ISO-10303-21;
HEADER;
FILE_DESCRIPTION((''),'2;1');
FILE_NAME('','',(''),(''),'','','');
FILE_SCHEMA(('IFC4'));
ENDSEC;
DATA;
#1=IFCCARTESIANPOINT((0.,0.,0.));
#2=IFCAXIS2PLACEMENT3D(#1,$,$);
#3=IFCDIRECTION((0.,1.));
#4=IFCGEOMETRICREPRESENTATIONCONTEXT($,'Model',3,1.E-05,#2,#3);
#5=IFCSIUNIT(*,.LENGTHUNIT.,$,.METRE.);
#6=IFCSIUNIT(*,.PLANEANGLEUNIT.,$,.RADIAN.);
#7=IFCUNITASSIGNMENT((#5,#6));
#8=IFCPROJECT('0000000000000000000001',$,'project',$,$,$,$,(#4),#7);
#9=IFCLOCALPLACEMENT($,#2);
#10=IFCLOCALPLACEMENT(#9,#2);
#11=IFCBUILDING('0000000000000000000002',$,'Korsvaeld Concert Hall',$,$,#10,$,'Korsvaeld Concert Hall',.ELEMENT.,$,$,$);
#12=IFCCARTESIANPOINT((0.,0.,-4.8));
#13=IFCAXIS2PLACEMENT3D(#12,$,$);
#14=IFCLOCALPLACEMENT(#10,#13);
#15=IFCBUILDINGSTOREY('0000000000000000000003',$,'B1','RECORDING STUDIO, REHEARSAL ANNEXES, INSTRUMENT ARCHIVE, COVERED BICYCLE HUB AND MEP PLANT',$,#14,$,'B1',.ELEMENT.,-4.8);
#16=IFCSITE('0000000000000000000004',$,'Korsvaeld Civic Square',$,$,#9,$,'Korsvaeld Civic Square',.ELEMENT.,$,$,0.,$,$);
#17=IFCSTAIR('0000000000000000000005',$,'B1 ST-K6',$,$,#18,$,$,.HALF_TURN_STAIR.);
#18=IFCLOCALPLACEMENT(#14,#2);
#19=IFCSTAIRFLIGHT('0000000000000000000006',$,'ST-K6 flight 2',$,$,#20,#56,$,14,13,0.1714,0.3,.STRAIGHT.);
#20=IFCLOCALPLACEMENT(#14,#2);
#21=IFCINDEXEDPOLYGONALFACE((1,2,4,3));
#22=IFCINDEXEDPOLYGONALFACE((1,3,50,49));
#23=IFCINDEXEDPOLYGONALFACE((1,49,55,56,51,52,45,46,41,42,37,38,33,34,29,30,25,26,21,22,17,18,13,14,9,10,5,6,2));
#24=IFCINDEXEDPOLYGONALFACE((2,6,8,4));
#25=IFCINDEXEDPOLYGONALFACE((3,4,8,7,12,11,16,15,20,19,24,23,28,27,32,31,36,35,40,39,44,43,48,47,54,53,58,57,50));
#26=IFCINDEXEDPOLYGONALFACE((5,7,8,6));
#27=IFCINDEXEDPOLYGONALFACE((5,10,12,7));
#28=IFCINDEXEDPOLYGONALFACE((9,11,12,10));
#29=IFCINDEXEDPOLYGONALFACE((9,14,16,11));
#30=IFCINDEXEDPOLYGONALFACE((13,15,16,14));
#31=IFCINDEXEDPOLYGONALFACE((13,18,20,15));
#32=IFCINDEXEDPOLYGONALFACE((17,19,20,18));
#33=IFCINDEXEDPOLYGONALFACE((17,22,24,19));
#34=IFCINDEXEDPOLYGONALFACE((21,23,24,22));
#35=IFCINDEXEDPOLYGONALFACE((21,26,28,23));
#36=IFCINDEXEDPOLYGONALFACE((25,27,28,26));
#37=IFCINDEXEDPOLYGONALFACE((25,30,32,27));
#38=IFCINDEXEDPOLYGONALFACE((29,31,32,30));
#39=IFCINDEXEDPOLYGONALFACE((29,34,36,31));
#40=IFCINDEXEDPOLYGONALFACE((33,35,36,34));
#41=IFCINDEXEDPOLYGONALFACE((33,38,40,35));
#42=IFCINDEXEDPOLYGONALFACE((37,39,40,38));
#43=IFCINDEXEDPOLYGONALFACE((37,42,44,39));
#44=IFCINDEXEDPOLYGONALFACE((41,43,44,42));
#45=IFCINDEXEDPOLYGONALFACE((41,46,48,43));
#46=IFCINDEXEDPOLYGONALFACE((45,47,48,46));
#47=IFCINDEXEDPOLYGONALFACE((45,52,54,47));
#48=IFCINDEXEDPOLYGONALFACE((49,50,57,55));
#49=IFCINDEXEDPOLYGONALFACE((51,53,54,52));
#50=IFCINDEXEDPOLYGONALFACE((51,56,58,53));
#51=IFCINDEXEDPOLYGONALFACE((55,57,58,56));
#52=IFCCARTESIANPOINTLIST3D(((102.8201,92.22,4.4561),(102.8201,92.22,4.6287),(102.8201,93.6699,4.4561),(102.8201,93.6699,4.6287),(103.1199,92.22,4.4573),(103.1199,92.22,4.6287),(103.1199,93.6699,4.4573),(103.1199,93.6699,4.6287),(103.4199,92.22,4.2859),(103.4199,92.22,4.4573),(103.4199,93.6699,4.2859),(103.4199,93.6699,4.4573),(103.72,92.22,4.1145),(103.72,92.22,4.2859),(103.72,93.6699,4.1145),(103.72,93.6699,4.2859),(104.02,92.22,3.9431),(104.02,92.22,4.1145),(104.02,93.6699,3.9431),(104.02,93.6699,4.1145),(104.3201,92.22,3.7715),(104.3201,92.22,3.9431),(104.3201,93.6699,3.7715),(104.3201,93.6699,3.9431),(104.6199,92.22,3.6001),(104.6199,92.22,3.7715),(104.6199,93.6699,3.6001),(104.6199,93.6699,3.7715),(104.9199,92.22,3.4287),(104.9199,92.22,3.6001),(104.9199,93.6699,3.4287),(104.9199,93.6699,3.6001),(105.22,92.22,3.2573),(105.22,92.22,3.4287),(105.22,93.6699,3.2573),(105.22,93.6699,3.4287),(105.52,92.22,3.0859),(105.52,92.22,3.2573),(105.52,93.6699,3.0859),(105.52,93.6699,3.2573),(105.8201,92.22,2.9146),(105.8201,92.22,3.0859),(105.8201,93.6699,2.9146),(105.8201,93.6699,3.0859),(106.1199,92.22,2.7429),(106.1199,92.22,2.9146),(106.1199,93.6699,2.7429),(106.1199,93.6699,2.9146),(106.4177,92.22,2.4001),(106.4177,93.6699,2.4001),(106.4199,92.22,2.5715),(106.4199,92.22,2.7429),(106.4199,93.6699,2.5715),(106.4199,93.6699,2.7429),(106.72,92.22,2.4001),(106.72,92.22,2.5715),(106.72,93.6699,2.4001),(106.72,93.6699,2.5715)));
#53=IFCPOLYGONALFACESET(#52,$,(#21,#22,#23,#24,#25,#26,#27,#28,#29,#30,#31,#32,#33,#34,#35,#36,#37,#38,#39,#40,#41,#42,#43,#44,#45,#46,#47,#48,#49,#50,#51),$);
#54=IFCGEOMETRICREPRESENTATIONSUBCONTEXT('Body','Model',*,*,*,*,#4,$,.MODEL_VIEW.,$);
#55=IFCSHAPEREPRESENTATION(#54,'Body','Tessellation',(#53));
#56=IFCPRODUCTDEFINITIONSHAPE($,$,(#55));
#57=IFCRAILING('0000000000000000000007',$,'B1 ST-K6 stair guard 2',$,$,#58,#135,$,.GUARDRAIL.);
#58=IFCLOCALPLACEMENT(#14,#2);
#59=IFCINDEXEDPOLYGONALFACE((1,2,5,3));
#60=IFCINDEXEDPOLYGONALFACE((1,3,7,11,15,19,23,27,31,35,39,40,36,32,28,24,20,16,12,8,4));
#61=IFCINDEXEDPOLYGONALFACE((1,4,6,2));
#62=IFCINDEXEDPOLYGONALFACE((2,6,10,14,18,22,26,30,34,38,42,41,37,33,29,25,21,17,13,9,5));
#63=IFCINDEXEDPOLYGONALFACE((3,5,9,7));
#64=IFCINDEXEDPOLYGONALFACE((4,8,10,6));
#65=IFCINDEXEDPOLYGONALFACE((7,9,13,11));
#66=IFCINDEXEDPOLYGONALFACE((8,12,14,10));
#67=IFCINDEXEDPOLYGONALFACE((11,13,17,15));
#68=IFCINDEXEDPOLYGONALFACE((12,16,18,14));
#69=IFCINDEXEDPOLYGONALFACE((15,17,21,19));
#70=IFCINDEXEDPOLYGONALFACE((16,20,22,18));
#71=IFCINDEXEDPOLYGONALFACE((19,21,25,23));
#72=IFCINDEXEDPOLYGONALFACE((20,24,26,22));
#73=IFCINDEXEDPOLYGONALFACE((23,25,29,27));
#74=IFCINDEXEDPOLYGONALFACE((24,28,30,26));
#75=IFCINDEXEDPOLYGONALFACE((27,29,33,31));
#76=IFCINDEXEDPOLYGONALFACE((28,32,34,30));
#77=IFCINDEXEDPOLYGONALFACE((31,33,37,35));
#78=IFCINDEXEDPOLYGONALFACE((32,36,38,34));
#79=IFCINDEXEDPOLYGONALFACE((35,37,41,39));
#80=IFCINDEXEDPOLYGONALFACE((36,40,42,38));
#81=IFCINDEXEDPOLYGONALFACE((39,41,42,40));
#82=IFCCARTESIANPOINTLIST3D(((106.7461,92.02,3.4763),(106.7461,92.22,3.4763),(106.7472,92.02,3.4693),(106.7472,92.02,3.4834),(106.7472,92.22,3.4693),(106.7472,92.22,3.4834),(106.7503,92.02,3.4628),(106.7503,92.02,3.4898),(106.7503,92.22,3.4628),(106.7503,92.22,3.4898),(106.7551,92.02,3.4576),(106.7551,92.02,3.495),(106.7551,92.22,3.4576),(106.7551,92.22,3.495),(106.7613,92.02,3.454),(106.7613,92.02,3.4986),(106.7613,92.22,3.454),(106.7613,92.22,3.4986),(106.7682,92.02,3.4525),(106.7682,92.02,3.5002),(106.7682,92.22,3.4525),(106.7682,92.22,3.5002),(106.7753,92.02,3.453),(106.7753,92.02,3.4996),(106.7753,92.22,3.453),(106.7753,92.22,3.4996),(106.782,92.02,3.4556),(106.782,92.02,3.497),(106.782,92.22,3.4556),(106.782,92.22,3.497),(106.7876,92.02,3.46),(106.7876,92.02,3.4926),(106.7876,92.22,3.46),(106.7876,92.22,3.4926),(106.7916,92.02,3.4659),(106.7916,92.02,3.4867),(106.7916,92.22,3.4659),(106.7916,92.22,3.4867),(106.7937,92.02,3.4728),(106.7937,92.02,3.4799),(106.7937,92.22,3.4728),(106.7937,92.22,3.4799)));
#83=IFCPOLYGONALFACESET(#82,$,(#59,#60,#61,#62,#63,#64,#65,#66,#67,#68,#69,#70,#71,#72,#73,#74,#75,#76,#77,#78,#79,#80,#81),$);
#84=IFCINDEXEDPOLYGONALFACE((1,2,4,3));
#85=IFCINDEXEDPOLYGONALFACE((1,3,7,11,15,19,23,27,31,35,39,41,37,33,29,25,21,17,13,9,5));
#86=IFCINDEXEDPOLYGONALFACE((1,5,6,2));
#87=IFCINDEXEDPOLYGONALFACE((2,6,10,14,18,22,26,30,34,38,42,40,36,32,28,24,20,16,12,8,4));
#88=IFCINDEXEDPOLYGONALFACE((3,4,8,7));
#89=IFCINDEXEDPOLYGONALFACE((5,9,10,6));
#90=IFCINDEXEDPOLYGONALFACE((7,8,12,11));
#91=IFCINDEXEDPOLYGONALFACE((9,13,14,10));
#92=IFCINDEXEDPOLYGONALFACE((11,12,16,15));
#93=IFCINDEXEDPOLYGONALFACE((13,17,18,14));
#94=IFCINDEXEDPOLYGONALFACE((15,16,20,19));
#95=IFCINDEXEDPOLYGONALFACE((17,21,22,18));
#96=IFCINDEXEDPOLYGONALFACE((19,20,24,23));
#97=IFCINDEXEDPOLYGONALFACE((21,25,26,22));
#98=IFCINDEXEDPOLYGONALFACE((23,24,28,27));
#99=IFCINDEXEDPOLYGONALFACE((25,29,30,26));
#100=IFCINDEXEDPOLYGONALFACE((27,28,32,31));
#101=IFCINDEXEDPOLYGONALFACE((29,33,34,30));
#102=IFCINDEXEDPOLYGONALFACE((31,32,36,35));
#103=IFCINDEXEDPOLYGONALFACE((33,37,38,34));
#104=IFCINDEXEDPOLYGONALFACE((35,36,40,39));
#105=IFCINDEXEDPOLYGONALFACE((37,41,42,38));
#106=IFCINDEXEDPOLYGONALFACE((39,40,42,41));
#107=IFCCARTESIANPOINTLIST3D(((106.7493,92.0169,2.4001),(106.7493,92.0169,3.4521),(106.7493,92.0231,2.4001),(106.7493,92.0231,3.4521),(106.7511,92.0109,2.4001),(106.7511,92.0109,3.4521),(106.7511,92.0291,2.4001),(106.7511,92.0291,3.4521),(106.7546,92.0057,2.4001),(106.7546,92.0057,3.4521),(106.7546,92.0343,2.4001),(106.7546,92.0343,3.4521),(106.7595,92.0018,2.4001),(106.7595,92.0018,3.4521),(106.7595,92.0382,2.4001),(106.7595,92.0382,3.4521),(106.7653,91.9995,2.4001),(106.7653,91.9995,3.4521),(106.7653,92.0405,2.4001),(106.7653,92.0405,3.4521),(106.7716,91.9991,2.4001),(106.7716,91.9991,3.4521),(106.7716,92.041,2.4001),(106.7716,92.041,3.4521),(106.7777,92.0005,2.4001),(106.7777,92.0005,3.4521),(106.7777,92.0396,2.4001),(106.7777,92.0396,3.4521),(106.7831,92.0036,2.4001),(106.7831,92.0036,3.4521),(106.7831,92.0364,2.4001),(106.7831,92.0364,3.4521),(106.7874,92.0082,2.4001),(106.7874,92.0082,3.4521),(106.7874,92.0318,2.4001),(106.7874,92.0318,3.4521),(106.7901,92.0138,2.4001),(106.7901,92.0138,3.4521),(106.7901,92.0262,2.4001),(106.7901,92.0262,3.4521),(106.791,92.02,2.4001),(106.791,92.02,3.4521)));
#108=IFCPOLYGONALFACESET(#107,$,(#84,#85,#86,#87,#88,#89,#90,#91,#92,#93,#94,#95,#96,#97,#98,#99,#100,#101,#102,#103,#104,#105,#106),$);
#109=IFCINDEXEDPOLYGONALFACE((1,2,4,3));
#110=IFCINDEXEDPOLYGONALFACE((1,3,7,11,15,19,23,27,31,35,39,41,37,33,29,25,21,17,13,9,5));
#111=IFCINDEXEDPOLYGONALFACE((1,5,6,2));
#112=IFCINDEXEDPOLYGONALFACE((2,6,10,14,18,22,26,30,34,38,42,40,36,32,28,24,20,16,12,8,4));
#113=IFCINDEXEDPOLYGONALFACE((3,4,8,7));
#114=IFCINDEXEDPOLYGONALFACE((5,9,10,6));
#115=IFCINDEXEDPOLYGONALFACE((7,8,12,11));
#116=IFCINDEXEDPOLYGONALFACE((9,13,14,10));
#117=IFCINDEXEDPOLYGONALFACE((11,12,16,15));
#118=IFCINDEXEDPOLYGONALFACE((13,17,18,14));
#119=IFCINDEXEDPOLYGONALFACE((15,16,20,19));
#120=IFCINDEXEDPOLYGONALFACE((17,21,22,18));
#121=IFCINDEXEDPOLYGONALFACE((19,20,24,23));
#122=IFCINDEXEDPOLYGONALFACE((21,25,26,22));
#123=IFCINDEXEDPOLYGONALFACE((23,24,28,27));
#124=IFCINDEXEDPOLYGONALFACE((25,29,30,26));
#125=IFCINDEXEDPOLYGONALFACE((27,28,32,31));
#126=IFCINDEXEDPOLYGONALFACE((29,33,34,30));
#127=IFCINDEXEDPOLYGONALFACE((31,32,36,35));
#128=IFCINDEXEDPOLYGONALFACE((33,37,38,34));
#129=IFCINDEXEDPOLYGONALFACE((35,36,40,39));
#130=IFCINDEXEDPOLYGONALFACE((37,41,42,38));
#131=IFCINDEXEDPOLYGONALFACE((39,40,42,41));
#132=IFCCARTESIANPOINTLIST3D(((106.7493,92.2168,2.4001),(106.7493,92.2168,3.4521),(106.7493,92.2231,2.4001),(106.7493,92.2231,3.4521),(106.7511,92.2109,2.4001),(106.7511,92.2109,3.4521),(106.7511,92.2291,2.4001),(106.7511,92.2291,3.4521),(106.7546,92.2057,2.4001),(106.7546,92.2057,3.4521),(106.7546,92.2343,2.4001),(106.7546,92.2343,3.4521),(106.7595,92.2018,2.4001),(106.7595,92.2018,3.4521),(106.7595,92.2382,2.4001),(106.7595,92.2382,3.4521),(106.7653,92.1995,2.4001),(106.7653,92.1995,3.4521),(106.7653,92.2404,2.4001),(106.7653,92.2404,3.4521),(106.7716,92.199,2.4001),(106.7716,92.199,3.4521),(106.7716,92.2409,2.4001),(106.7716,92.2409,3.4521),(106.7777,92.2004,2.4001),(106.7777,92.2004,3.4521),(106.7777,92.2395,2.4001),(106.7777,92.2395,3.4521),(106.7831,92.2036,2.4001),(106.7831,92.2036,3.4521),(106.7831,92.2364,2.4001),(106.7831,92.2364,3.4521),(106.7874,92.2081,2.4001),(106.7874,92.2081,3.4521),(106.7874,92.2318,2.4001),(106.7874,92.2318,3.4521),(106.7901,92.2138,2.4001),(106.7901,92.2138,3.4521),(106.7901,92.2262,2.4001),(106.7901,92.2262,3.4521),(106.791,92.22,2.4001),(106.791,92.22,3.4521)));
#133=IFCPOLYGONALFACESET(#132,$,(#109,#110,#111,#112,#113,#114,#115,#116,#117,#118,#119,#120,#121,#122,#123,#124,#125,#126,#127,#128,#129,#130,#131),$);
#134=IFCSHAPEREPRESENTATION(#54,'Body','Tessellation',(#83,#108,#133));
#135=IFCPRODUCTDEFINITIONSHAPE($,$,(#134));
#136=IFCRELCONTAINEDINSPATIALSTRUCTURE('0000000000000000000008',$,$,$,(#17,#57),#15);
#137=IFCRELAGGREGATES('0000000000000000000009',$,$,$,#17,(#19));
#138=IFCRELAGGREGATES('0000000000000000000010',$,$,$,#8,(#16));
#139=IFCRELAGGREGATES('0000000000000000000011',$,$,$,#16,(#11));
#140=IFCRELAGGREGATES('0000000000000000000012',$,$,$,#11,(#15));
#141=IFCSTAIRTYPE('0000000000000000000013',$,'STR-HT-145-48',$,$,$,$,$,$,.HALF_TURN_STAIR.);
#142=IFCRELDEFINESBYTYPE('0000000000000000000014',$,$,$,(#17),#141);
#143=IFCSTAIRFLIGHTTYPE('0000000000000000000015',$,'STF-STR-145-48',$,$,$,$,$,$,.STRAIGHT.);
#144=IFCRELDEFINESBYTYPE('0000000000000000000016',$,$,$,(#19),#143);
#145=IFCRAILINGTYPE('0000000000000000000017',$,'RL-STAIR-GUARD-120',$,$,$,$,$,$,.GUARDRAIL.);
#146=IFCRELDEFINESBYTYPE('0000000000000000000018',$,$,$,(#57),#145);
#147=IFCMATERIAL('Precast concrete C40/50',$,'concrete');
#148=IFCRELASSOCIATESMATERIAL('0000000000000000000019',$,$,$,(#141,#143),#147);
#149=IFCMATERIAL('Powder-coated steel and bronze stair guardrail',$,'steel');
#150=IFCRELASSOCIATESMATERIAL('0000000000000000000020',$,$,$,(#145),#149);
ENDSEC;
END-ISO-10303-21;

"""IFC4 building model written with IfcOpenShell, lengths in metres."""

from ifc_helpers import new_model, si_unit, direction, frame, origin, origin_2d, place, context, subcontext, project, spatial, polyline, circle, outline, extrude, material, type_object, element, aggregate, save


model = new_model("IFC4")

# Units and contexts
model_context = context("Model", 3, precision=1e-05, world=origin(), true_north=direction((0.0, 1.0)))
body_context = subcontext(model_context, "Body", "Model", "MODEL_VIEW")
ifc_project = project(units=[si_unit("LENGTHUNIT", "METRE"), si_unit("PLANEANGLEUNIT", "RADIAN")], contexts=[model_context])

# Site, building, storey
site_placement = place(None, origin())
site = spatial("IfcSite", under=ifc_project, at=site_placement, Name="Korsvaeld Civic Square", LongName="Korsvaeld Civic Square", CompositionType="ELEMENT", RefElevation=0.0)
building_placement = place(site_placement, origin())
building = spatial("IfcBuilding", under=site, at=building_placement, Name="Korsvaeld Concert Hall", LongName="Korsvaeld Concert Hall", CompositionType="ELEMENT")
storey_placement = place(building_placement, frame((0.0, 0.0, -4.8)))
storey = spatial("IfcBuildingStorey", under=building, at=storey_placement, Name="B1", Description="RECORDING STUDIO, REHEARSAL ANNEXES, INSTRUMENT ARCHIVE, COVERED BICYCLE HUB AND MEP PLANT", LongName="B1", CompositionType="ELEMENT", Elevation=-4.8)

# Stair, stair flight
ifc_material_1 = material(Name="Precast concrete C40/50", Category="concrete")
stair_type = type_object("IfcStairType", Name="STR-HT-145-48", PredefinedType="HALF_TURN_STAIR", material=ifc_material_1)
stair_placement = place(storey_placement, origin())
stair = element("IfcStair", 1, at=stair_placement, inside=storey, type_object=stair_type, Name="B1 ST-K6", PredefinedType="HALF_TURN_STAIR")
stair_flight_type = type_object("IfcStairFlightType", Name="STF-STR-145-48", PredefinedType="STRAIGHT", material=ifc_material_1)
stair_flight_placement = place(storey_placement, frame((106.72, 92.9451, 2.4001), z_axis=(0.0, 0.0, 1.0), x_axis=(-1.0, 0.0, 0.0)))
stair_flight = element("IfcStairFlight", 2, at=stair_flight_placement, type_object=stair_flight_type, Name="ST-K6 flight 2", NumberOfRisers=14, NumberOfTreads=13, PredefinedType="STRAIGHT", RiserHeight=0.1714, TreadLength=0.3, context=body_context, shape_type="SweptSolid", body=[
    extrude(outline(polyline([(0.0, 0.0), (0.0, 0.1714), (0.3, 0.1714), (0.3, 0.3428), (0.6001, 0.3428), (0.6001, 0.5144), (0.8999, 0.5144), (0.8999, 0.6858), (1.2, 0.6858), (1.2, 0.8572), (1.5, 0.8572), (1.5, 1.0286), (1.8, 1.0286), (1.8, 1.2), (2.1001, 1.2), (2.1001, 1.3713), (2.3999, 1.3713), (2.3999, 1.543), (2.7, 1.543), (2.7, 1.7144), (3.0, 1.7144), (3.0, 1.8857), (3.3, 1.8857), (3.3, 2.0571), (3.6001, 2.0571), (3.6001, 2.2285), (3.8999, 2.2285), (3.8999, 2.3999), (3.8999, 2.0559), (0.3022, 0.0), (0.0, 0.0)])), frame((0.0, 0.7251, 0.0), z_axis=(0.0, -1.0, 0.0), x_axis=(1.0, 0.0, 0.0)), (0.0, 0.0, 1.0), 1.45),
])
aggregate(stair, [stair_flight])

# Railing
ifc_material_2 = material(Name="Powder-coated steel and bronze stair guardrail", Category="steel")
railing_type_1 = type_object("IfcRailingType", Name="RL-STAIR-GUARD-120", PredefinedType="GUARDRAIL", material=ifc_material_2)
railing_1_placement = place(storey_placement, frame((106.77, 92.02, 2.4001)))
element("IfcRailing", 3, at=railing_1_placement, inside=storey, type_object=railing_type_1, Name="B1 ST-K6 stair guard 2", PredefinedType="GUARDRAIL", context=body_context, shape_type="SweptSolid", body=[
    extrude(circle(Radius=0.0239, at=origin_2d()), frame((0.0, 0.0, 1.0762), z_axis=(0.0, 1.0, 0.0), x_axis=(-1.0, 0.0, 0.0)), (0.0, 0.0, 1.0), 0.2),
    extrude(circle(Radius=0.021, at=origin_2d()), origin(), (0.0, 0.0, 1.0), 1.052),
    extrude(circle(Radius=0.021, at=origin_2d()), frame((0.0, 0.2, 0.0)), (0.0, 0.0, 1.0), 1.052),
])

save(model, "model.ifc")
